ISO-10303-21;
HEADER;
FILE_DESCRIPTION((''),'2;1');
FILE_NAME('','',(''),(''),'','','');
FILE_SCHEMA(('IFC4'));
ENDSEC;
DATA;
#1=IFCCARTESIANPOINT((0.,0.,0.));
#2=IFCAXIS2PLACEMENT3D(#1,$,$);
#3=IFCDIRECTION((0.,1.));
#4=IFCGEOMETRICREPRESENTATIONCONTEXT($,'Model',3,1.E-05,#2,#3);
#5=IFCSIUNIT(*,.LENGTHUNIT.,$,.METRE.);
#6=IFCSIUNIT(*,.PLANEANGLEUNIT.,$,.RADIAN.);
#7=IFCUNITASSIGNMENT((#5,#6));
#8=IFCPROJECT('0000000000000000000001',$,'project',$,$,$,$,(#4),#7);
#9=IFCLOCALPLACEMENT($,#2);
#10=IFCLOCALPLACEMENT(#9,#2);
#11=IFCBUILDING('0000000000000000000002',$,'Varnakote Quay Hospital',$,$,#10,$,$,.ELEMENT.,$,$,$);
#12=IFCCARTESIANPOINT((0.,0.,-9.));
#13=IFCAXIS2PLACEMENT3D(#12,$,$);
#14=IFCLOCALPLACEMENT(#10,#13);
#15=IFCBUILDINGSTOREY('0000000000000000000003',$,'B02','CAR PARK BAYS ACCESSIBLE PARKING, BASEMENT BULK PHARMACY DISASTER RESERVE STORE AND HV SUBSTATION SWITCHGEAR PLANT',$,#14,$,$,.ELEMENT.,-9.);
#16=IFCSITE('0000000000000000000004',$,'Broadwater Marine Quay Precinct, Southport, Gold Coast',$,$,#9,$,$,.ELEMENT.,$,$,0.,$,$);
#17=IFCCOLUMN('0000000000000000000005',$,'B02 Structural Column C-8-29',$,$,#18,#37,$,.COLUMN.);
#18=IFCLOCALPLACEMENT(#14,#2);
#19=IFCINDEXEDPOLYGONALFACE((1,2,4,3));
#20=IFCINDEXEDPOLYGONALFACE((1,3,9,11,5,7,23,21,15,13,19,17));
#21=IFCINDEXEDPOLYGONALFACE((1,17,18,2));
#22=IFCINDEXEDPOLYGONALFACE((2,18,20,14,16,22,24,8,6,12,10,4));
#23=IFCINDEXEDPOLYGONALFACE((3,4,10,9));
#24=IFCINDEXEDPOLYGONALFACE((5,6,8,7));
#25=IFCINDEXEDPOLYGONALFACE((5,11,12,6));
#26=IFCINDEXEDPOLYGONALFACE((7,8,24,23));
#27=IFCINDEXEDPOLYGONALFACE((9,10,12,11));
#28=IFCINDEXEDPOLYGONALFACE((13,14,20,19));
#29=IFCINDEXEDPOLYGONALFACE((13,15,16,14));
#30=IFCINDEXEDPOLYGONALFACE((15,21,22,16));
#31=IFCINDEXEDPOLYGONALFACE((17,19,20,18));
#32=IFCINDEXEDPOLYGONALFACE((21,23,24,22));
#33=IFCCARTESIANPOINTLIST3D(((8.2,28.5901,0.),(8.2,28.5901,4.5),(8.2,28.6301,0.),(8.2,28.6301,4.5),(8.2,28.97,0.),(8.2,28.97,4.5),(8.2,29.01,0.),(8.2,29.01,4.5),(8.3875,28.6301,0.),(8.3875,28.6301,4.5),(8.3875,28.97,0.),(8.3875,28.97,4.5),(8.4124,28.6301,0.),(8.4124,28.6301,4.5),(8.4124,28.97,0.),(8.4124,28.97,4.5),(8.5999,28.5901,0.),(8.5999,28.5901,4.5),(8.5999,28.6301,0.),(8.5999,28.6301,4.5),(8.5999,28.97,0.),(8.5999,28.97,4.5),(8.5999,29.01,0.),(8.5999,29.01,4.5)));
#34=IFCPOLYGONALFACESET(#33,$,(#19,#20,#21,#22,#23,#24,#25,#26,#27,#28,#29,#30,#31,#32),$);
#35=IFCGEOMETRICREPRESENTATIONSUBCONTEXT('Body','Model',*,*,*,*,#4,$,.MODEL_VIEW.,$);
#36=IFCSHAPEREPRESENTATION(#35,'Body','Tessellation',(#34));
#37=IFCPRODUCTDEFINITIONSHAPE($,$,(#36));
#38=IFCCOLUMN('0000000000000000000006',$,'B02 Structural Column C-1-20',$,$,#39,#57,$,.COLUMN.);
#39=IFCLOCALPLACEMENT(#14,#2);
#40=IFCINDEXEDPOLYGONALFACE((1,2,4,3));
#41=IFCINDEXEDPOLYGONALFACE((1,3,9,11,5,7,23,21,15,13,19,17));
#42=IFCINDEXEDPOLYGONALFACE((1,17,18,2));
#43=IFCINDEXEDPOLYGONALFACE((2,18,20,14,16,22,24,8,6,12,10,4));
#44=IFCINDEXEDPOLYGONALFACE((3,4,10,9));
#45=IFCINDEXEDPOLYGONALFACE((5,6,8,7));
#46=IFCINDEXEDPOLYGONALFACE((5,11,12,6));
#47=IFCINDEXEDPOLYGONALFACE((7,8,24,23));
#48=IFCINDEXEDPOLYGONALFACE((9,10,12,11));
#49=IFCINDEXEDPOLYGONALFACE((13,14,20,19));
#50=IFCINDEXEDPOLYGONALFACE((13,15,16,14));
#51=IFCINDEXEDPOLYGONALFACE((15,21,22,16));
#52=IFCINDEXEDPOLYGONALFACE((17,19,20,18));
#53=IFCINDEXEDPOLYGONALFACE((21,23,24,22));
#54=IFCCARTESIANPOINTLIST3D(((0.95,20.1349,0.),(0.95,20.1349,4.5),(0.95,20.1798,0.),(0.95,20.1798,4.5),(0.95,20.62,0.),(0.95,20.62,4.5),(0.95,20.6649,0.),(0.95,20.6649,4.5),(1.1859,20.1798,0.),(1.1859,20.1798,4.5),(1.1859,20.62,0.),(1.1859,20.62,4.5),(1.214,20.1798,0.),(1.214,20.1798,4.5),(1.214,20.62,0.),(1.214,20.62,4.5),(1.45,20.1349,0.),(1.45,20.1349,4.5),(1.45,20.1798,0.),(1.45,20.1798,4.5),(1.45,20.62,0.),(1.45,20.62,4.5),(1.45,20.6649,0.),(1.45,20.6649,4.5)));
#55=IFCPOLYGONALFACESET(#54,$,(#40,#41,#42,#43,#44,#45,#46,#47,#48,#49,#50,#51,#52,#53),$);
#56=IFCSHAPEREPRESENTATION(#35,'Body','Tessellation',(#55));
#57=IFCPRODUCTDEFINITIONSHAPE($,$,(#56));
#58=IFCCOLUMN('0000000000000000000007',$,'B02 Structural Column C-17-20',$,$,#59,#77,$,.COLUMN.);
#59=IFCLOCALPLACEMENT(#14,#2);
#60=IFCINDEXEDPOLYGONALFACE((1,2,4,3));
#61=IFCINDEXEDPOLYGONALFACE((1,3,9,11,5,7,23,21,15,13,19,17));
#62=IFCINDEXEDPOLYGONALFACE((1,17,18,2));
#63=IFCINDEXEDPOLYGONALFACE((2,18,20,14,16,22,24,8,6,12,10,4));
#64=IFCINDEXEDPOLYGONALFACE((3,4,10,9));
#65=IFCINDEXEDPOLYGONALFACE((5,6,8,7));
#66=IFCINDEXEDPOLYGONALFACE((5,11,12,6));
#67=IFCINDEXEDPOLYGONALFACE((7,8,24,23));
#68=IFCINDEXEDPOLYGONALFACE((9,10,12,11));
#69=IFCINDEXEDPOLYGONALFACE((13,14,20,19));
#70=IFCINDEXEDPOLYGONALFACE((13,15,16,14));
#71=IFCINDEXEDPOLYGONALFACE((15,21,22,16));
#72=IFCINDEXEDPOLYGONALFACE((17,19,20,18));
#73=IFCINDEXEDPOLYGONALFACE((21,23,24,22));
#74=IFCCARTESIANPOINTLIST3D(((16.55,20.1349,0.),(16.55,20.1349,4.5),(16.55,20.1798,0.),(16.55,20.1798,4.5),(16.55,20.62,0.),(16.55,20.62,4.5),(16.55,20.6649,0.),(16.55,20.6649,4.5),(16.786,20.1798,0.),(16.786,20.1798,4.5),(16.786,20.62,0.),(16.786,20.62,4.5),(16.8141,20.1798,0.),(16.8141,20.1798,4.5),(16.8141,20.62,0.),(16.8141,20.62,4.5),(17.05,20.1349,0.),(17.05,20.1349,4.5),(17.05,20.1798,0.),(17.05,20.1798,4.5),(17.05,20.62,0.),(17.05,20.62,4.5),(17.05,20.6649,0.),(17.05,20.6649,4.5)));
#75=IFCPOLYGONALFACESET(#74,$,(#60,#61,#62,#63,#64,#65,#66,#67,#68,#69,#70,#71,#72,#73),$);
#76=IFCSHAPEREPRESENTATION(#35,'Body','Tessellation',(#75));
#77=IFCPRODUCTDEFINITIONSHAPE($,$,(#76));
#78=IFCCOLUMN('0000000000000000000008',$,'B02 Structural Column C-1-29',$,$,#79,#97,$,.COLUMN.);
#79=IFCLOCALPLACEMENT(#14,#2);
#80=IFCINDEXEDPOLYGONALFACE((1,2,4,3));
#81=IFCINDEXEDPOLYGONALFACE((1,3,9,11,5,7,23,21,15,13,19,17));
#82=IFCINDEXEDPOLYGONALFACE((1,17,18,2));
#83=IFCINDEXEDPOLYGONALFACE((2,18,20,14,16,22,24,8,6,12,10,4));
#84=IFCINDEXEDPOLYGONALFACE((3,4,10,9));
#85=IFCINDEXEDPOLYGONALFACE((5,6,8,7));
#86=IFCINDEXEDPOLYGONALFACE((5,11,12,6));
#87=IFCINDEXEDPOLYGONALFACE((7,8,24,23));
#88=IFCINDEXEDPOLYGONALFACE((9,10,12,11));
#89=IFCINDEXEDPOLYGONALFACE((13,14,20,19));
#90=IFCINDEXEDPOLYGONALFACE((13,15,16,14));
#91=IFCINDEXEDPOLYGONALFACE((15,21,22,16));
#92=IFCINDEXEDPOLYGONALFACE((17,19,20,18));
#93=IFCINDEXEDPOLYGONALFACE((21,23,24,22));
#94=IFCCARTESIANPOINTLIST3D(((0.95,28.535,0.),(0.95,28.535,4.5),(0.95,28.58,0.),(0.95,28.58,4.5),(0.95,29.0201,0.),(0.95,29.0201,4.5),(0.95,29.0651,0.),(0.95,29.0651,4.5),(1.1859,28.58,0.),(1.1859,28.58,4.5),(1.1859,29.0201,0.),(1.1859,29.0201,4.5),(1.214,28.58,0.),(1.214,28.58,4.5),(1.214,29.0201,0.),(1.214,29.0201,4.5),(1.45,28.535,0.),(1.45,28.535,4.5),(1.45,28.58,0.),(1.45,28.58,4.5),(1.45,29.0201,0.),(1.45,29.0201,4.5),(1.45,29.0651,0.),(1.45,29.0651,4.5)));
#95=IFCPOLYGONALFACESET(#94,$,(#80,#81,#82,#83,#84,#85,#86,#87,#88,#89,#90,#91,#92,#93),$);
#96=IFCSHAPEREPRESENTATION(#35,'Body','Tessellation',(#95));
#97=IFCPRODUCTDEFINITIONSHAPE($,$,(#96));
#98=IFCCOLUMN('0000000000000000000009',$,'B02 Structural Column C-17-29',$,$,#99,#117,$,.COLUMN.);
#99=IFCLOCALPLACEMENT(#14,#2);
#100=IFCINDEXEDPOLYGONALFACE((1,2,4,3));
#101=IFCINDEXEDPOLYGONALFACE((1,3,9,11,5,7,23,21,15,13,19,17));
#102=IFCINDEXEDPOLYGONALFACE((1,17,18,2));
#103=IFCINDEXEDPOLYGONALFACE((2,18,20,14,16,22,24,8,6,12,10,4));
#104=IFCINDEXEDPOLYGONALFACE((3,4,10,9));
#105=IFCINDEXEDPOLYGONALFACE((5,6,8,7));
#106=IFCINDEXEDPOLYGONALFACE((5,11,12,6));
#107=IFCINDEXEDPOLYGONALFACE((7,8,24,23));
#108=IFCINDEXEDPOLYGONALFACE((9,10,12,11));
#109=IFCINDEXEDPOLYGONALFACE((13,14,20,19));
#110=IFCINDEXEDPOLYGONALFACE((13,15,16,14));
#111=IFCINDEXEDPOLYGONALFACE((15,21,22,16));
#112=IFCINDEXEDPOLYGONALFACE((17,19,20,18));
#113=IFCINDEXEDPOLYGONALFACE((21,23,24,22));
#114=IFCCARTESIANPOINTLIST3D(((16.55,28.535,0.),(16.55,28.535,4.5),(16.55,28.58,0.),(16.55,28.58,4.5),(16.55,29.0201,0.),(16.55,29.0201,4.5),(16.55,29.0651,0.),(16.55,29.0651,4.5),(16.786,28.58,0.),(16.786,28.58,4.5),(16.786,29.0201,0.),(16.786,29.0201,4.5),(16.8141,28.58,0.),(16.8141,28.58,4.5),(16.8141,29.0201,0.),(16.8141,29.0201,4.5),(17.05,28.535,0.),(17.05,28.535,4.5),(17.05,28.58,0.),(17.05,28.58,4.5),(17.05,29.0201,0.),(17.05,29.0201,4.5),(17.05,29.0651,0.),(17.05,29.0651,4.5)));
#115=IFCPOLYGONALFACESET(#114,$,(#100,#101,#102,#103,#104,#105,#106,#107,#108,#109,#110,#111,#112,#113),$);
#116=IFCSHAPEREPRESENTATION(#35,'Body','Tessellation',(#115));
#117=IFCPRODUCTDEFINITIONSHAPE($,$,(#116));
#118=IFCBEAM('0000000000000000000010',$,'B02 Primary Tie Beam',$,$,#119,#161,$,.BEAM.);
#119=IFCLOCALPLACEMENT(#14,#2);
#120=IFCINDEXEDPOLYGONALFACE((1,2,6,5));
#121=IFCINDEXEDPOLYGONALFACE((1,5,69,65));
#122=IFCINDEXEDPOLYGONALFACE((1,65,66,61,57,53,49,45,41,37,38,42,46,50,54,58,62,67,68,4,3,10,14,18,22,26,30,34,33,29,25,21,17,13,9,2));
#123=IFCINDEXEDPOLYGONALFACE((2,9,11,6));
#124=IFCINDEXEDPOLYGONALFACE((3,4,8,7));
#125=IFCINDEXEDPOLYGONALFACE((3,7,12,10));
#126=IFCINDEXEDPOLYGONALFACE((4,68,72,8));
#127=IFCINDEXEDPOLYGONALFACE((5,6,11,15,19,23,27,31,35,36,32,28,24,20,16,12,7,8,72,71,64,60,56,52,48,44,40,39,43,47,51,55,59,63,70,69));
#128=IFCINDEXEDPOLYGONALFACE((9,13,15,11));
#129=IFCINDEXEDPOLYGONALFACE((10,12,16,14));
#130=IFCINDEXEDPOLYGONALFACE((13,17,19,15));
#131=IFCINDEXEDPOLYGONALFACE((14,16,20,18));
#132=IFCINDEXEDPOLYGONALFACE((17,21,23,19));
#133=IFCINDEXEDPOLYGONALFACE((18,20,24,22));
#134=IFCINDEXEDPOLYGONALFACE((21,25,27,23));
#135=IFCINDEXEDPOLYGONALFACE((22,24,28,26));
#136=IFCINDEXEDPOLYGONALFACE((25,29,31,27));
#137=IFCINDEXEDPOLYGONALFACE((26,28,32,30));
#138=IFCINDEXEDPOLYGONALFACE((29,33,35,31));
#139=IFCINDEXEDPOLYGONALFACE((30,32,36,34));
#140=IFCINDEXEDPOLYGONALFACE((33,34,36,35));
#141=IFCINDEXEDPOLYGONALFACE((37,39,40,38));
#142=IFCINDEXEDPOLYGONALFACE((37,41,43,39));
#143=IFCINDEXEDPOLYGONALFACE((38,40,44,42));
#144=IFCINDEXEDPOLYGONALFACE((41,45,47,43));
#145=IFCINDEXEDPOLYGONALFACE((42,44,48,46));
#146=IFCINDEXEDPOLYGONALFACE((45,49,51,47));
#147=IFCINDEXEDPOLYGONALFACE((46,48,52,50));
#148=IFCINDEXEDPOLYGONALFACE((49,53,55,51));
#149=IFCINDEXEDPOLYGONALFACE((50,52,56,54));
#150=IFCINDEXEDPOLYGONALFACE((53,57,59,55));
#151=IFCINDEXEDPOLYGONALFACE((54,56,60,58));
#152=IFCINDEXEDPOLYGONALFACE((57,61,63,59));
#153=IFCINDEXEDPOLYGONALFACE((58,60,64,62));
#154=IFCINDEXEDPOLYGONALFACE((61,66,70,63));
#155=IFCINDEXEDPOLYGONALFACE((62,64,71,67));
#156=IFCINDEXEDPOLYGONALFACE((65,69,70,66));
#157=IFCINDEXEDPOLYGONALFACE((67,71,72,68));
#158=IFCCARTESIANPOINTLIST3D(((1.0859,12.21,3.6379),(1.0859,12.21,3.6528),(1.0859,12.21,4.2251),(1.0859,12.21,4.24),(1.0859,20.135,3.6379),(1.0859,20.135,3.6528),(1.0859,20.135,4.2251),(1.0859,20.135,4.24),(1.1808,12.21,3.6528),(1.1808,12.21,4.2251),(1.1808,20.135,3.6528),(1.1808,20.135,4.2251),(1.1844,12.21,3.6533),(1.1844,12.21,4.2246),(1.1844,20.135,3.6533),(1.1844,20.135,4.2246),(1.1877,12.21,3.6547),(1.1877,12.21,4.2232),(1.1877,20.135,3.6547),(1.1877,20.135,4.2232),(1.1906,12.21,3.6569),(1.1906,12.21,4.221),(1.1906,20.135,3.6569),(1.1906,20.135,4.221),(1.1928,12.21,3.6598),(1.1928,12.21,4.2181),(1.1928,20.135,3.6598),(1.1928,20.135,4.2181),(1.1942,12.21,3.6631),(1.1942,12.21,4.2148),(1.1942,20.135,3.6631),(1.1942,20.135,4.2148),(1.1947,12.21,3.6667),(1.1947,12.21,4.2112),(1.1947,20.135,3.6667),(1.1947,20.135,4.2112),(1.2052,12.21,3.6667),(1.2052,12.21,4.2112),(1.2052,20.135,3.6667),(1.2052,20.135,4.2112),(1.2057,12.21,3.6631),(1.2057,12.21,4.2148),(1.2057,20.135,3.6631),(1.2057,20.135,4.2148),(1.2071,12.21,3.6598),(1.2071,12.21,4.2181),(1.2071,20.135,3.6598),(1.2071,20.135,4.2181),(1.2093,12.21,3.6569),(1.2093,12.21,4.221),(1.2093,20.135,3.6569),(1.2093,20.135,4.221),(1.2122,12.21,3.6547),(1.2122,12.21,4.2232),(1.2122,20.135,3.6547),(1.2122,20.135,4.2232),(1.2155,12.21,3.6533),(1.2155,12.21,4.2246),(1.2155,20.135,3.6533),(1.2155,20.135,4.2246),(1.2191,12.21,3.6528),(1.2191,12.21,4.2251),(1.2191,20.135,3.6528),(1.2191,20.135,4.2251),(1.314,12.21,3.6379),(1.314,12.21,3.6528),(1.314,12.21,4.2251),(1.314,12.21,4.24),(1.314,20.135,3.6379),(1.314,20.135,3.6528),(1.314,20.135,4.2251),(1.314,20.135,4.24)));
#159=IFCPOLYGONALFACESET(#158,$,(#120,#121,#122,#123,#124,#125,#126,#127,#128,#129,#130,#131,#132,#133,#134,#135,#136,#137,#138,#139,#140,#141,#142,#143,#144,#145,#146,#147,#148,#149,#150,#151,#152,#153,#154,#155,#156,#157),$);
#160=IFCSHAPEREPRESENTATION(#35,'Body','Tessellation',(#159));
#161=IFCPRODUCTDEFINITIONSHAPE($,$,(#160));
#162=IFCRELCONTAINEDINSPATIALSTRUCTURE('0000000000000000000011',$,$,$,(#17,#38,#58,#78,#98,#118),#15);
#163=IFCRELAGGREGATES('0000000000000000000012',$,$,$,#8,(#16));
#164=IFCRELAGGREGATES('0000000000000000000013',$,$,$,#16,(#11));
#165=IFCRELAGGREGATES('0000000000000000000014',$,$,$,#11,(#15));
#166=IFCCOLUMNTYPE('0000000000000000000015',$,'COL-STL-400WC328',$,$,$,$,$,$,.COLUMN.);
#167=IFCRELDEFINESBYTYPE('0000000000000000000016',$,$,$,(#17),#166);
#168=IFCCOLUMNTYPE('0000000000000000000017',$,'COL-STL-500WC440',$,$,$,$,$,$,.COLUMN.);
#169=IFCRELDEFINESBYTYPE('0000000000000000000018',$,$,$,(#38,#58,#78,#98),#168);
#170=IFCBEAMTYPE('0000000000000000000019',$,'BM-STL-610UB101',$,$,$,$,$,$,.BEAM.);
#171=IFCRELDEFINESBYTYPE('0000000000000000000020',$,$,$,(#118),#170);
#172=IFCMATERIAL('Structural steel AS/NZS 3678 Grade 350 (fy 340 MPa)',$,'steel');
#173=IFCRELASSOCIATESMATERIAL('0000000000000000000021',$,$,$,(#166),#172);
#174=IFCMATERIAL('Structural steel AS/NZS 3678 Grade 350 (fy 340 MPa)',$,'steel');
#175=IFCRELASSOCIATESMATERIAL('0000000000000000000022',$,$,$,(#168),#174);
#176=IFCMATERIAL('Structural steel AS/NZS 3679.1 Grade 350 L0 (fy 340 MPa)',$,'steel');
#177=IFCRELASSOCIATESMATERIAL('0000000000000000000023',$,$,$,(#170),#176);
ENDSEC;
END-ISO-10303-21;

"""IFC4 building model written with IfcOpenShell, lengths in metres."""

from ifc_helpers import new_model, si_unit, direction, frame, origin, origin_2d, place, context, subcontext, project, spatial, i_section, extrude, material, material_profile, profile_set, type_object, element, save


model = new_model("IFC4")

# Units and contexts
model_context = context("Model", 3, precision=1e-05, world=origin(), true_north=direction((0.0, 1.0)))
body_context = subcontext(model_context, "Body", "Model", "MODEL_VIEW")
ifc_project = project(units=[si_unit("LENGTHUNIT", "METRE"), si_unit("PLANEANGLEUNIT", "RADIAN")], contexts=[model_context])

# Site, building, storey
site_placement = place(None, origin())
site = spatial("IfcSite", under=ifc_project, at=site_placement, Name="Broadwater Marine Quay Precinct, Southport, Gold Coast", CompositionType="ELEMENT", RefElevation=0.0)
building_placement = place(site_placement, origin())
building = spatial("IfcBuilding", under=site, at=building_placement, Name="Varnakote Quay Hospital", CompositionType="ELEMENT")
storey_placement = place(building_placement, frame((0.0, 0.0, -9.0)))
storey = spatial("IfcBuildingStorey", under=building, at=storey_placement, Name="B02", Description="CAR PARK BAYS ACCESSIBLE PARKING, BASEMENT BULK PHARMACY DISASTER RESERVE STORE AND HV SUBSTATION SWITCHGEAR PLANT", CompositionType="ELEMENT", Elevation=-9.0)

# Columns
ifc_material_1 = material(Name="Structural steel AS/NZS 3678 Grade 350 (fy 340 MPa)", Category="steel")
ifc_material_profile_1 = material_profile(ifc_material_1, i_section(OverallWidth=0.3999, OverallDepth=0.4199, WebThickness=0.0249, FlangeThickness=0.04, at=origin_2d()), Name="400WC328")
ifc_profile_set_1 = profile_set([ifc_material_profile_1], Name="Structural steel AS/NZS 3678 Grade 350 (fy 340 MPa)")
column_type_1 = type_object("IfcColumnType", Name="COL-STL-400WC328", PredefinedType="COLUMN", material=ifc_profile_set_1)
for number, where, z_axis, x_axis, name in (
    (1, (8.3999, 28.8, 0.0), (0.0, 0.0, 1.0), (1.0, 0.0, 0.0), "B02 Structural Column C-8-29"),
):
    element("IfcColumn", number, at=place(storey_placement, frame(where, z_axis=z_axis, x_axis=x_axis)), inside=storey, type_object=column_type_1, Name=name, PredefinedType="COLUMN", context=body_context, shape_type="SweptSolid", body=[
        extrude(i_section(OverallWidth=0.3999, OverallDepth=0.4199, WebThickness=0.0249, FlangeThickness=0.04, at=origin_2d()), origin(), (0.0, 0.0, 1.0), 4.5),
    ])
ifc_material_2 = material(Name="Structural steel AS/NZS 3678 Grade 350 (fy 340 MPa)", Category="steel")
ifc_material_profile_2 = material_profile(ifc_material_2, i_section(OverallWidth=0.5, OverallDepth=0.53, WebThickness=0.0281, FlangeThickness=0.0449, at=origin_2d()), Name="500WC440")
ifc_profile_set_2 = profile_set([ifc_material_profile_2], Name="Structural steel AS/NZS 3678 Grade 350 (fy 340 MPa)")
column_type_2 = type_object("IfcColumnType", Name="COL-STL-500WC440", PredefinedType="COLUMN", material=ifc_profile_set_2)
for number, where, z_axis, x_axis, name in (
    (2, (1.2, 20.3999, 0.0), (0.0, 0.0, 1.0), (1.0, 0.0, 0.0), "B02 Structural Column C-1-20"),
    (3, (16.8, 20.3999, 0.0), (0.0, 0.0, 1.0), (1.0, 0.0, 0.0), "B02 Structural Column C-17-20"),
    (4, (1.2, 28.8, 0.0), (0.0, 0.0, 1.0), (1.0, 0.0, 0.0), "B02 Structural Column C-1-29"),
    (5, (16.8, 28.8, 0.0), (0.0, 0.0, 1.0), (1.0, 0.0, 0.0), "B02 Structural Column C-17-29"),
):
    element("IfcColumn", number, at=place(storey_placement, frame(where, z_axis=z_axis, x_axis=x_axis)), inside=storey, type_object=column_type_2, Name=name, PredefinedType="COLUMN", context=body_context, shape_type="SweptSolid", body=[
        extrude(i_section(OverallWidth=0.5, OverallDepth=0.53, WebThickness=0.0281, FlangeThickness=0.0449, at=origin_2d()), origin(), (0.0, 0.0, 1.0), 4.5),
    ])

# Beam
ifc_material_3 = material(Name="Structural steel AS/NZS 3679.1 Grade 350 L0 (fy 340 MPa)", Category="steel")
ifc_material_profile_3 = material_profile(ifc_material_3, i_section(OverallWidth=0.228, OverallDepth=0.6021, WebThickness=0.0105, FlangeThickness=0.0149, FilletRadius=0.0139, at=origin_2d()), Name="610UB101")
ifc_profile_set_3 = profile_set([ifc_material_profile_3], Name="Structural steel AS/NZS 3679.1 Grade 350 L0 (fy 340 MPa)")
beam_type_1 = type_object("IfcBeamType", Name="BM-STL-610UB101", PredefinedType="BEAM", material=ifc_profile_set_3)
beam_1_placement = place(storey_placement, frame((1.2, 12.21, 3.939), z_axis=(0.0, 1.0, 0.0), x_axis=(-1.0, 0.0, 0.0)))
element("IfcBeam", 6, at=beam_1_placement, inside=storey, type_object=beam_type_1, Name="B02 Primary Tie Beam", PredefinedType="BEAM", context=body_context, shape_type="SweptSolid", body=[
    extrude(i_section(OverallWidth=0.228, OverallDepth=0.6021, WebThickness=0.0105, FlangeThickness=0.0149, FilletRadius=0.0139, at=origin_2d()), origin(), (0.0, 0.0, 1.0), 7.925),
])

save(model, "model.ifc")
